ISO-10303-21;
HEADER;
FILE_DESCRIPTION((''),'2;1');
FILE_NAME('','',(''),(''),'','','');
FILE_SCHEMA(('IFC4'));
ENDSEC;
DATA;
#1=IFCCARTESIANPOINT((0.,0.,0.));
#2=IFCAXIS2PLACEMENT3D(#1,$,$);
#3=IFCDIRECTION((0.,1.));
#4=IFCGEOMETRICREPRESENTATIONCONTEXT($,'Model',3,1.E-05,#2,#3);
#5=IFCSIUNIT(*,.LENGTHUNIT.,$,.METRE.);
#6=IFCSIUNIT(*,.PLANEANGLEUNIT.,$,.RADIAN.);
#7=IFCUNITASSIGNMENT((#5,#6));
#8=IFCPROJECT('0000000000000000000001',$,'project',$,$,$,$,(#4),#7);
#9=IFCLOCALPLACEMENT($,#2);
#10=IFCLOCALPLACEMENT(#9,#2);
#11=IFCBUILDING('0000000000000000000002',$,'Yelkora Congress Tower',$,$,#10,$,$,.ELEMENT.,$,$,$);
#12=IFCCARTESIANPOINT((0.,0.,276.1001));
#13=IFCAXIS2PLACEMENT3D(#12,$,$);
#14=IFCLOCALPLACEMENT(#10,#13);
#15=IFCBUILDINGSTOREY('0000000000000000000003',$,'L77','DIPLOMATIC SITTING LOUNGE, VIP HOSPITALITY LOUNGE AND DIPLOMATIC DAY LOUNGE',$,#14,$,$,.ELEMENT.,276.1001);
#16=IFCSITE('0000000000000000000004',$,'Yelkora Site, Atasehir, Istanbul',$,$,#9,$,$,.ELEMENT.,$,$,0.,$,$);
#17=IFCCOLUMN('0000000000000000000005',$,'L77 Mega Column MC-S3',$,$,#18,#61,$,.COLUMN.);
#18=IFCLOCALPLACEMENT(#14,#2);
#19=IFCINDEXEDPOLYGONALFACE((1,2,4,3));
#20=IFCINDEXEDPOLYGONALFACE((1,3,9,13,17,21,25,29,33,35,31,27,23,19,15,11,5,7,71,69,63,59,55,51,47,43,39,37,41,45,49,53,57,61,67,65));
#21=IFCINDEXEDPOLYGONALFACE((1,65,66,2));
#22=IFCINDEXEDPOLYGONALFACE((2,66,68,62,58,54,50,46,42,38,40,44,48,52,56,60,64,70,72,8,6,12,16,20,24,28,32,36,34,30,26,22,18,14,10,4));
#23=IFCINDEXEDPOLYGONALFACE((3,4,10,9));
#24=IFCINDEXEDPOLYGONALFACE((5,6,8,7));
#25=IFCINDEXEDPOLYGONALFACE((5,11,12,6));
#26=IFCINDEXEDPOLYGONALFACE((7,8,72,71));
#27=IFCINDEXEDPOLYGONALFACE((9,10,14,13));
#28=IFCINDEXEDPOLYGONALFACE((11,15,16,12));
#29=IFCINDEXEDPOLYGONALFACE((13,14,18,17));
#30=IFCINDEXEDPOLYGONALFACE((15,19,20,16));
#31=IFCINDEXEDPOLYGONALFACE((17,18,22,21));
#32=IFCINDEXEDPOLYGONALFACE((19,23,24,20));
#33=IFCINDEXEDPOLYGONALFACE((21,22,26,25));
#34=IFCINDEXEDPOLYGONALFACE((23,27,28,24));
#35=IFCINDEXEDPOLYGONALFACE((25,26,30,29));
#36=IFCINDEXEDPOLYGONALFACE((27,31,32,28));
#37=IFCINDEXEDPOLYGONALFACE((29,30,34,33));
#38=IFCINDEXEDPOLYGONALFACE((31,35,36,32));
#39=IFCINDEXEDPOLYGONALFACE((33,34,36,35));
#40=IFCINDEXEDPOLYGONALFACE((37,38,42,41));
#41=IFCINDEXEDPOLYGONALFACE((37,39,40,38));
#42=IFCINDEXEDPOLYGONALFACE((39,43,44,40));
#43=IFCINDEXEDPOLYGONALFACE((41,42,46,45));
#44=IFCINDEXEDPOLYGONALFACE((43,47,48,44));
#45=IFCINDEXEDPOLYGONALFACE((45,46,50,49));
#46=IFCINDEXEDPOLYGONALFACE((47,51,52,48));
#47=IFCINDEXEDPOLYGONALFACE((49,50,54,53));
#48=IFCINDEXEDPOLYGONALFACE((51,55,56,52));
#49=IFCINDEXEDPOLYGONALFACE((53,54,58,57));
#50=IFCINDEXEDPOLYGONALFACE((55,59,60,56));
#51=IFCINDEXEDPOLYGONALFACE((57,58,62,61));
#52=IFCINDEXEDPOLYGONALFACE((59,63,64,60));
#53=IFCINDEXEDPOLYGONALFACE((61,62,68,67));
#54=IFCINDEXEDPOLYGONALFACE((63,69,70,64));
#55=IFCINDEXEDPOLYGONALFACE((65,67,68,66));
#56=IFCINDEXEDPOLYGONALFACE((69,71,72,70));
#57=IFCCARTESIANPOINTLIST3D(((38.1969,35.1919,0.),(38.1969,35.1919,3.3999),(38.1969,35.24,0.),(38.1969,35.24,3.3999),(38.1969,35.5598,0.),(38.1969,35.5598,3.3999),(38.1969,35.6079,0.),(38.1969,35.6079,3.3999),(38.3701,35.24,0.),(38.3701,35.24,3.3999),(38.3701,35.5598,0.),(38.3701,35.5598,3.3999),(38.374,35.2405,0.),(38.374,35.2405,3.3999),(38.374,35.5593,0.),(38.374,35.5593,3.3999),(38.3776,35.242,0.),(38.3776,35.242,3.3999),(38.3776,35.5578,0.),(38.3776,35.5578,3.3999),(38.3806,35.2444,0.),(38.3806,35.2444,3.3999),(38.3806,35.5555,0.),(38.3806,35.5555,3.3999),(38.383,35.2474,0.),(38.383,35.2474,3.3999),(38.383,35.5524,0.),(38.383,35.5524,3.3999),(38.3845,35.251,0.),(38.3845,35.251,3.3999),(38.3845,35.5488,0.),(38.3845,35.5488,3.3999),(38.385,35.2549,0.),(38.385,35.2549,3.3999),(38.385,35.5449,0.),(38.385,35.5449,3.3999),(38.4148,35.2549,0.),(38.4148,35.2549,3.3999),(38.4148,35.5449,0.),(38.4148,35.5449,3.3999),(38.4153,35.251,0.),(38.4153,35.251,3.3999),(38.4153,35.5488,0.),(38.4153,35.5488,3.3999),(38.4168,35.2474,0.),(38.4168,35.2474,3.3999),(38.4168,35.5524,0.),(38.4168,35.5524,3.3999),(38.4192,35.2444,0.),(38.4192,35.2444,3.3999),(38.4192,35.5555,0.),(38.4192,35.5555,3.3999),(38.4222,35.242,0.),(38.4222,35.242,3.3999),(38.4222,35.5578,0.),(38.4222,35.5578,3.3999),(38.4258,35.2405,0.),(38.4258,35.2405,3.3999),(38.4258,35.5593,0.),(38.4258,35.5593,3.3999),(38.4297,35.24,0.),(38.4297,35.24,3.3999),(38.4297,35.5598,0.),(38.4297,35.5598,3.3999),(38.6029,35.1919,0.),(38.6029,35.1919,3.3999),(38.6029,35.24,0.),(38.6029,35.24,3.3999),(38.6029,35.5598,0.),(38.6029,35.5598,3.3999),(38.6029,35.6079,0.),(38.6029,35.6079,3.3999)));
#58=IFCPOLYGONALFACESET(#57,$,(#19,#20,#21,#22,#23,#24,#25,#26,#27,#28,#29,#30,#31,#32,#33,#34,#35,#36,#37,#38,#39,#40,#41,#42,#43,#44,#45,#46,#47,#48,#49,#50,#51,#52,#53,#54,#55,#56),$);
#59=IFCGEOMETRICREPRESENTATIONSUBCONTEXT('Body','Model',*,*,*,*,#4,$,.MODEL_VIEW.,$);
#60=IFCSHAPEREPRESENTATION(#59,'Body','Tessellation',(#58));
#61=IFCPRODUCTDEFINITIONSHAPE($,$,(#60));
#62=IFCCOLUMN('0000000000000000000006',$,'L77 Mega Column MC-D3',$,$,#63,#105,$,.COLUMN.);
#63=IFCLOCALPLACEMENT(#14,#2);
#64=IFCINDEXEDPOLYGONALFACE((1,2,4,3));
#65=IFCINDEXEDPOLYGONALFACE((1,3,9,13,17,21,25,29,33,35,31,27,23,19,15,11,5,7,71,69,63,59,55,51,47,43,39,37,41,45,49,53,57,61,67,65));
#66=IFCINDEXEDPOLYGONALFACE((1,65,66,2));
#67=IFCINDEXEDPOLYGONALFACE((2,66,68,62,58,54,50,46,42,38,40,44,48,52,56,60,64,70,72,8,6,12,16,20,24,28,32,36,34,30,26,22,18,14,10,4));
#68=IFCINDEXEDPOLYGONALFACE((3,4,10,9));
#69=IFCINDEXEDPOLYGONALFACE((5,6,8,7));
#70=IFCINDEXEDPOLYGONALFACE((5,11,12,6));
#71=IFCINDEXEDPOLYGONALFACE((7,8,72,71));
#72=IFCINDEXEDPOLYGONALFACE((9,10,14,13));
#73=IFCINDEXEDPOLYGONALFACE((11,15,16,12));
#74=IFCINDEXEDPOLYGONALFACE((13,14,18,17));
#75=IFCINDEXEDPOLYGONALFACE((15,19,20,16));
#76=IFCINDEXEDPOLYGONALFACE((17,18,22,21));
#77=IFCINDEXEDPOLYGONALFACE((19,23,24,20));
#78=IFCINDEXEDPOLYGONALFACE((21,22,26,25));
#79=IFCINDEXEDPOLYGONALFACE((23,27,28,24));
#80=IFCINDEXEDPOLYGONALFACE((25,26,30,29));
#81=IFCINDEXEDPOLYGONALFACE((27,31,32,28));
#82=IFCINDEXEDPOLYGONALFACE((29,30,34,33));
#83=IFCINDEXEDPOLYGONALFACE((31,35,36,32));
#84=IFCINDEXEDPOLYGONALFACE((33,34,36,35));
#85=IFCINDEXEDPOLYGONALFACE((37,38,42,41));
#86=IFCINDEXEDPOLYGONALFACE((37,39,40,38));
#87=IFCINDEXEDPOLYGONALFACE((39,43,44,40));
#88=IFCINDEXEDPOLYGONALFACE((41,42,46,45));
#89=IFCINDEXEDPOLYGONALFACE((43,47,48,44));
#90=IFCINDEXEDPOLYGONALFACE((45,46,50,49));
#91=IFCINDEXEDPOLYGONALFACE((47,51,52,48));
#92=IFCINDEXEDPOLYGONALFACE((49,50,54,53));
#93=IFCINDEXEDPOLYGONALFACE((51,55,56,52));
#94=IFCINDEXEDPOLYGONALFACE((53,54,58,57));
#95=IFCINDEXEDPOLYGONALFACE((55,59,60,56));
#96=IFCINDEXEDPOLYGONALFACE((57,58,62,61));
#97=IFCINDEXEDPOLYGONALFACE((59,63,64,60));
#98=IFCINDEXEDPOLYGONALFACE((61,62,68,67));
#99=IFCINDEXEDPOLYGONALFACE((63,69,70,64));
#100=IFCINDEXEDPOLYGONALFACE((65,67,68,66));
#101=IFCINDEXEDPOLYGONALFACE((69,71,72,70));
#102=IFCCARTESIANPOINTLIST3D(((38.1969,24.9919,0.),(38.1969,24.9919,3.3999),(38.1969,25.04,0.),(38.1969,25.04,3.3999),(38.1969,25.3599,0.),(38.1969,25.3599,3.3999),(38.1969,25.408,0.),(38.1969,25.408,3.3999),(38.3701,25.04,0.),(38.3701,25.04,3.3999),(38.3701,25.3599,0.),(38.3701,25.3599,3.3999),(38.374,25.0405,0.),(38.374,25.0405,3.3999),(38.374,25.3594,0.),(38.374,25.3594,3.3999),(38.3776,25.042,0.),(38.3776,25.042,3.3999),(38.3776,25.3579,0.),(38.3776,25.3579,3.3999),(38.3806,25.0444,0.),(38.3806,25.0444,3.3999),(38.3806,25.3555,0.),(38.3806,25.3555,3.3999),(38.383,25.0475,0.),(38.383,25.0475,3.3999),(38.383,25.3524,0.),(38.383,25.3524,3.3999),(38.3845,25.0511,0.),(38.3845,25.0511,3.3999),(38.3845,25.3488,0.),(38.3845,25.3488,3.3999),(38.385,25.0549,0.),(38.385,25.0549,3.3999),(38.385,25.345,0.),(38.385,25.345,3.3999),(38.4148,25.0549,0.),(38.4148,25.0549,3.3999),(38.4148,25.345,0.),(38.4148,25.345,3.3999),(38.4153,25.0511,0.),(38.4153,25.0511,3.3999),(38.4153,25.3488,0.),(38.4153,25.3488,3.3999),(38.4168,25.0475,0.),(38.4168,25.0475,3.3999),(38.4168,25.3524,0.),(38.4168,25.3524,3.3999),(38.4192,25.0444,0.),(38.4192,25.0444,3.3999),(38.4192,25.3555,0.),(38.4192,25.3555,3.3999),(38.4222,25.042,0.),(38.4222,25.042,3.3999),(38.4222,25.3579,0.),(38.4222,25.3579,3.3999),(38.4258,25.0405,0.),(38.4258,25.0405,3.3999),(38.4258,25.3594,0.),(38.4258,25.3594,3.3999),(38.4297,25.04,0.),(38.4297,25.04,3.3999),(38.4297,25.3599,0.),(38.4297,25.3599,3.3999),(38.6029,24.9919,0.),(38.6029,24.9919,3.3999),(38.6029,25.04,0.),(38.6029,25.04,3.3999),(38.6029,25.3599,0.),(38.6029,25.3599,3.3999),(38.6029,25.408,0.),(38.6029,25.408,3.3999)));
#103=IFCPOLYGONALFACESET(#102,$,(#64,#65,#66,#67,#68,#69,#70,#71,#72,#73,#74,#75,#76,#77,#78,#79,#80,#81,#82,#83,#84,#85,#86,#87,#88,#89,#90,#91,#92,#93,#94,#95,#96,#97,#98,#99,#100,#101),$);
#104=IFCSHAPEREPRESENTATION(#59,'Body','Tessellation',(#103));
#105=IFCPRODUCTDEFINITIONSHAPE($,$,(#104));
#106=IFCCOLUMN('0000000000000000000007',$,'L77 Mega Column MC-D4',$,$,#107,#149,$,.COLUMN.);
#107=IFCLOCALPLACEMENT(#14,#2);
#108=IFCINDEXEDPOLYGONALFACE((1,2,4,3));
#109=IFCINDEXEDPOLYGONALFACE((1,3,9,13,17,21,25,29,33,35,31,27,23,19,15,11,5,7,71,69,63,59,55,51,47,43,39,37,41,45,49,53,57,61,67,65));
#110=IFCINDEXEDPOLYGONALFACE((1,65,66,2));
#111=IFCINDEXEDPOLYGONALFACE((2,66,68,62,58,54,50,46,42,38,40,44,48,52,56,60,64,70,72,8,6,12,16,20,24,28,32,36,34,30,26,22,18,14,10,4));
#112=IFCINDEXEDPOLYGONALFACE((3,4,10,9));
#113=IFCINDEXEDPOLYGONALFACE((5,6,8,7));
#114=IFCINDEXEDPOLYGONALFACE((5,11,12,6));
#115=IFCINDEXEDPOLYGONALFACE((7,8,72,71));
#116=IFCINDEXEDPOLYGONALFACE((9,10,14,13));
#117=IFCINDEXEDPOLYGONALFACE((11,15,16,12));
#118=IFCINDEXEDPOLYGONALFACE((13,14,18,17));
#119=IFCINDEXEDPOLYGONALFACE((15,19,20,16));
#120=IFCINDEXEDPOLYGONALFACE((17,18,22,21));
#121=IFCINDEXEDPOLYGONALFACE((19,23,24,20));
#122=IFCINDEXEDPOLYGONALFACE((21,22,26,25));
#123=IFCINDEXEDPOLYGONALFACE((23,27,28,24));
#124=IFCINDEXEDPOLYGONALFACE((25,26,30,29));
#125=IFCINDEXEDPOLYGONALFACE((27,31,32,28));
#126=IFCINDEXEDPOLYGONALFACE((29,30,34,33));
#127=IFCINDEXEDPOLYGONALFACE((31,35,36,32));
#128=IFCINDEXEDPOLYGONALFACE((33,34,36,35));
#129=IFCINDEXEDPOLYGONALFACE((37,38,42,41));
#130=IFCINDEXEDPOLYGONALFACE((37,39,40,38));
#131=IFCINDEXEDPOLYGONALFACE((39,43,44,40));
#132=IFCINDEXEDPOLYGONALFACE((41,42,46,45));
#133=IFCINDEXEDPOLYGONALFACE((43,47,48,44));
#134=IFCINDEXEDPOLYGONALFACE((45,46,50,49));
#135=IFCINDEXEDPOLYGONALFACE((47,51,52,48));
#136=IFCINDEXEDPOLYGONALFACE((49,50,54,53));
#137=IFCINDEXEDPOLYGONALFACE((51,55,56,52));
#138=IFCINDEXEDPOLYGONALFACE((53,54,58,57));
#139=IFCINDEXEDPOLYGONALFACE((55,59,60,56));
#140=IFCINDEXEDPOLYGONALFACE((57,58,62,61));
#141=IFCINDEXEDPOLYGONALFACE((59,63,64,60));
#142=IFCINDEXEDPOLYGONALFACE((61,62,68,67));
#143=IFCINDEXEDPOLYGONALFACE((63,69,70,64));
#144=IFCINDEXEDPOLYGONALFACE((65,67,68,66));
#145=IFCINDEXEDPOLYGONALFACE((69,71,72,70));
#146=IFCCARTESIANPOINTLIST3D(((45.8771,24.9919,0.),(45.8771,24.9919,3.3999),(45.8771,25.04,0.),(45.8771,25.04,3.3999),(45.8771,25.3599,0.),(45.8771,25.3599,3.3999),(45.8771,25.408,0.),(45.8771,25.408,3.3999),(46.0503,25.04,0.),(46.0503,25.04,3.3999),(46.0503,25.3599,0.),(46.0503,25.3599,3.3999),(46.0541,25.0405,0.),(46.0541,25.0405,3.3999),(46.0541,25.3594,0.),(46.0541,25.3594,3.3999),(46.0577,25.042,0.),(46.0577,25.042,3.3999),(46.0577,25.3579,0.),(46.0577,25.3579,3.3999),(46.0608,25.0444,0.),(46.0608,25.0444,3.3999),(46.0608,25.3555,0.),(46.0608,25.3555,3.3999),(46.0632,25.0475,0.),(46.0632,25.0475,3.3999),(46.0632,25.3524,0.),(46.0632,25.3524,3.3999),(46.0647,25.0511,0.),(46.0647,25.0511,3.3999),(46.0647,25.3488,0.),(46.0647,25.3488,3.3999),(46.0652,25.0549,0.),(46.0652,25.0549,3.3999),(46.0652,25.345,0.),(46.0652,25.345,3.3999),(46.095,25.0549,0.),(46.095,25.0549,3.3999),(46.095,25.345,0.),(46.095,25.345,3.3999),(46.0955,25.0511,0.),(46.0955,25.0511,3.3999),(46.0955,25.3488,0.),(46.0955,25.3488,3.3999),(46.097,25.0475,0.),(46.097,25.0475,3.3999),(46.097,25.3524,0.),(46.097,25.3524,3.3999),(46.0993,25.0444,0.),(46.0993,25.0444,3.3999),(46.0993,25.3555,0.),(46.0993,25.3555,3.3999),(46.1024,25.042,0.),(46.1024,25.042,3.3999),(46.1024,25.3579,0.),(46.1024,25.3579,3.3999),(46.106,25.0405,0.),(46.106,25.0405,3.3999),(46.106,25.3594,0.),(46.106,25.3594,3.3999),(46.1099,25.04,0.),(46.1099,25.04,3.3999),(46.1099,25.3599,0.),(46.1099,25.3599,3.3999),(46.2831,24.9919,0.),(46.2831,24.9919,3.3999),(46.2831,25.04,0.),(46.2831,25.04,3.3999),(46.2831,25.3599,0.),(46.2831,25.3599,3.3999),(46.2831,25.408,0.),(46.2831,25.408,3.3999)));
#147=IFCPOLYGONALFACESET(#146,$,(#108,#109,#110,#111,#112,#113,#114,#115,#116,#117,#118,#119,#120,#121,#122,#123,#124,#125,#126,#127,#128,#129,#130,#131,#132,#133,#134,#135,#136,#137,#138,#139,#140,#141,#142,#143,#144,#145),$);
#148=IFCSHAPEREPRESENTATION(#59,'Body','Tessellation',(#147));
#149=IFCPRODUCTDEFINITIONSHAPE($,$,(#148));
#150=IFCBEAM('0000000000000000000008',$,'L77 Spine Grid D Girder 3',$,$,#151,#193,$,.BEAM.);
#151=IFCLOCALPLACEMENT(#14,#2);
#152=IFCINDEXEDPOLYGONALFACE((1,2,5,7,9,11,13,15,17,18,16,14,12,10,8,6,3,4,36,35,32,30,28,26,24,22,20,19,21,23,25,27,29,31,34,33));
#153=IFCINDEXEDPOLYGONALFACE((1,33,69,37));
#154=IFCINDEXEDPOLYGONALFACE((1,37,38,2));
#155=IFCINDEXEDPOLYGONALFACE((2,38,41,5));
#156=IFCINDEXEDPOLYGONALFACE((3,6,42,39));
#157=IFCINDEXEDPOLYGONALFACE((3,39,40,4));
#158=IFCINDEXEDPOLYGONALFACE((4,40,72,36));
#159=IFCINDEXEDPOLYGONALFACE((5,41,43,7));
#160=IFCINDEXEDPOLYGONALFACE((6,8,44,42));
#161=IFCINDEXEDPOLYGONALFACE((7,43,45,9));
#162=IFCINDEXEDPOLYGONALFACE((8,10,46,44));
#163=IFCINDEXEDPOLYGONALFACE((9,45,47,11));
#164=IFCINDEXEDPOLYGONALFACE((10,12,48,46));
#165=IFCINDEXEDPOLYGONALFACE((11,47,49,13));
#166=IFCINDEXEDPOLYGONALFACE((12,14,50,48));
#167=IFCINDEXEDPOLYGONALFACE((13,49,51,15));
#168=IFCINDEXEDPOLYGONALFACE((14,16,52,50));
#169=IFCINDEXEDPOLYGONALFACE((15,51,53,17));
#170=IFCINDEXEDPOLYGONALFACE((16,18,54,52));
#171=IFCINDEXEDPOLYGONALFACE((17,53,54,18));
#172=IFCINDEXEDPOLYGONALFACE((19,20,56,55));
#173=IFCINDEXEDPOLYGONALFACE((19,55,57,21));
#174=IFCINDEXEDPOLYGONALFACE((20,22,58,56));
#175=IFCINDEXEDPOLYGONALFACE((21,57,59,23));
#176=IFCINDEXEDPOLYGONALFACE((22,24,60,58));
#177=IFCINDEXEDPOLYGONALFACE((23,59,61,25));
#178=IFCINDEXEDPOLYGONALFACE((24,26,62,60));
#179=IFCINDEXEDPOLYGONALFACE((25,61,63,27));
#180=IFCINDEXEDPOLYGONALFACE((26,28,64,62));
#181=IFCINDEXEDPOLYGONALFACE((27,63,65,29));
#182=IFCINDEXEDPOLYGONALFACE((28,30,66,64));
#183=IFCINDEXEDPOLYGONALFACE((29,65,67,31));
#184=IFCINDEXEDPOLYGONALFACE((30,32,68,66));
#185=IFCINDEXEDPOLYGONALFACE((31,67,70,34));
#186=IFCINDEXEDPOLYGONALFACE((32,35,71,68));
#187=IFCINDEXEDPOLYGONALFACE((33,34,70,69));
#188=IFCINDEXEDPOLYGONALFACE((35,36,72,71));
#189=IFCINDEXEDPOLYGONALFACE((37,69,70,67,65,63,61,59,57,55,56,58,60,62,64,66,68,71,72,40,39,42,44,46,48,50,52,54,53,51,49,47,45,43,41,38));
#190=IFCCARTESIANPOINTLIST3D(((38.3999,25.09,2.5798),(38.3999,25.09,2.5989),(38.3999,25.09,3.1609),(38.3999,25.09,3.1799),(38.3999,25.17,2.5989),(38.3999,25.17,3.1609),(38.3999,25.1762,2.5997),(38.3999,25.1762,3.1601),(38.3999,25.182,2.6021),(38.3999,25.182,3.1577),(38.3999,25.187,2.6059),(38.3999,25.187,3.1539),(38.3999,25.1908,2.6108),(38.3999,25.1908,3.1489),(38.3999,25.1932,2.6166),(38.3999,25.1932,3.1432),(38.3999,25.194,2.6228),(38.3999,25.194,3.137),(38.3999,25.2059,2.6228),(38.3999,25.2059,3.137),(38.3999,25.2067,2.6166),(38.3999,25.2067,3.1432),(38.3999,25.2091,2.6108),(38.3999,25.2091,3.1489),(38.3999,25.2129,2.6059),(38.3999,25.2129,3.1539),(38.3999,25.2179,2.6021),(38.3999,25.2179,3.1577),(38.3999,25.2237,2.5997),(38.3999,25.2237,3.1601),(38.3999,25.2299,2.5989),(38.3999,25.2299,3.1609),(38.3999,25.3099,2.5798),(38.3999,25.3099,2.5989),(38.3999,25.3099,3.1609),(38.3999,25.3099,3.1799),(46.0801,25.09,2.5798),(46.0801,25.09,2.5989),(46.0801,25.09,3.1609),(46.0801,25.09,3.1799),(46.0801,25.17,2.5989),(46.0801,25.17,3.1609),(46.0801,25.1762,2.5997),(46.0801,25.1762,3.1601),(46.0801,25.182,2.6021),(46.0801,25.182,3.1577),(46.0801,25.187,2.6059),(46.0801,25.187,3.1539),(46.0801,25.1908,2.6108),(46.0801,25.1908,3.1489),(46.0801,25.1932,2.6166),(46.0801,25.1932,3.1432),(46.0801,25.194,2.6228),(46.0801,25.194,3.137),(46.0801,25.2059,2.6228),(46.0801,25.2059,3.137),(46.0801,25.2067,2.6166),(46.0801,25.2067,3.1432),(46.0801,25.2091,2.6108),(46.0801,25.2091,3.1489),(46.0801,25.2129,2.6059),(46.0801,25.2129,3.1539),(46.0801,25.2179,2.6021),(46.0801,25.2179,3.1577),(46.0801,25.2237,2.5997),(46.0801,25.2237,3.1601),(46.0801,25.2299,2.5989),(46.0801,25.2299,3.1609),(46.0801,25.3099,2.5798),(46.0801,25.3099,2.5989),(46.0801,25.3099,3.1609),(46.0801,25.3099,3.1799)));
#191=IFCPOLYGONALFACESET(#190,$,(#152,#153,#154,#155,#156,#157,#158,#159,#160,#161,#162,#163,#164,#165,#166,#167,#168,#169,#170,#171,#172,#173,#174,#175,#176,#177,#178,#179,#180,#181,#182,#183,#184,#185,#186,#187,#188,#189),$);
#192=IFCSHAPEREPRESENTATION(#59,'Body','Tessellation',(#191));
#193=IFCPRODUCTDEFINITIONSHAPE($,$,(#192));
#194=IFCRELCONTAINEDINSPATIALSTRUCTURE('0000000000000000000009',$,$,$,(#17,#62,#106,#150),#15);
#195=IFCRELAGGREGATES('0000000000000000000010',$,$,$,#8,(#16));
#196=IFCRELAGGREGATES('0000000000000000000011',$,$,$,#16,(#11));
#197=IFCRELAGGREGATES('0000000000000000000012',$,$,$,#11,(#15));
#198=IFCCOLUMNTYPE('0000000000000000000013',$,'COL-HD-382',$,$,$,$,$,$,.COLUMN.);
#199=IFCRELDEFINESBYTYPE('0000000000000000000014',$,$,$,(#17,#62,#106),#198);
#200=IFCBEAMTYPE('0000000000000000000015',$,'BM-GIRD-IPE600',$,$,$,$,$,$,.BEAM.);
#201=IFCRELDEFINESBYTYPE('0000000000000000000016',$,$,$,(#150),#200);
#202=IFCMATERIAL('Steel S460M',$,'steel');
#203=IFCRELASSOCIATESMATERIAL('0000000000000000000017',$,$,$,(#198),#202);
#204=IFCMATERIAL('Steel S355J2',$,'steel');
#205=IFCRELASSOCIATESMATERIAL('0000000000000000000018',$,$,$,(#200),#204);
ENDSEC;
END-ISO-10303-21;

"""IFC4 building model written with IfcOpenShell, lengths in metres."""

from ifc_helpers import new_model, si_unit, direction, frame, origin, origin_2d, place, context, subcontext, project, spatial, i_section, extrude, material, material_profile, profile_set, type_object, element, save


model = new_model("IFC4")

# Units and contexts
model_context = context("Model", 3, precision=1e-05, world=origin(), true_north=direction((0.0, 1.0)))
body_context = subcontext(model_context, "Body", "Model", "MODEL_VIEW")
ifc_project = project(units=[si_unit("LENGTHUNIT", "METRE"), si_unit("PLANEANGLEUNIT", "RADIAN")], contexts=[model_context])

# Site, building, storey
site_placement = place(None, origin())
site = spatial("IfcSite", under=ifc_project, at=site_placement, Name="Yelkora Site, Atasehir, Istanbul", CompositionType="ELEMENT", RefElevation=0.0)
building_placement = place(site_placement, origin())
building = spatial("IfcBuilding", under=site, at=building_placement, Name="Yelkora Congress Tower", CompositionType="ELEMENT")
storey_placement = place(building_placement, frame((0.0, 0.0, 276.1001)))
storey = spatial("IfcBuildingStorey", under=building, at=storey_placement, Name="L77", Description="DIPLOMATIC SITTING LOUNGE, VIP HOSPITALITY LOUNGE AND DIPLOMATIC DAY LOUNGE", CompositionType="ELEMENT", Elevation=276.1001)

# Columns
ifc_material_1 = material(Name="Steel S460M", Category="steel")
ifc_material_profile_1 = material_profile(ifc_material_1, i_section(OverallWidth=0.406, OverallDepth=0.416, WebThickness=0.0298, FlangeThickness=0.0481, FilletRadius=0.0149, at=origin_2d()), Name="HD 400x382")
ifc_profile_set_1 = profile_set([ifc_material_profile_1], Name="Steel S460M")
column_type = type_object("IfcColumnType", Name="COL-HD-382", PredefinedType="COLUMN", material=ifc_profile_set_1)
for number, where, z_axis, x_axis, name in (
    (1, (38.3999, 35.3999, 0.0), (0.0, 0.0, 1.0), (1.0, 0.0, 0.0), "L77 Mega Column MC-S3"),
    (2, (38.3999, 25.2, 0.0), (0.0, 0.0, 1.0), (1.0, 0.0, 0.0), "L77 Mega Column MC-D3"),
    (3, (46.0801, 25.2, 0.0), (0.0, 0.0, 1.0), (1.0, 0.0, 0.0), "L77 Mega Column MC-D4"),
):
    element("IfcColumn", number, at=place(storey_placement, frame(where, z_axis=z_axis, x_axis=x_axis)), inside=storey, type_object=column_type, Name=name, PredefinedType="COLUMN", context=body_context, shape_type="SweptSolid", body=[
        extrude(i_section(OverallWidth=0.406, OverallDepth=0.416, WebThickness=0.0298, FlangeThickness=0.0481, FilletRadius=0.0149, at=origin_2d()), origin(), (0.0, 0.0, 1.0), 3.3999),
    ])

# Beam
ifc_material_2 = material(Name="Steel S355J2", Category="steel")
ifc_material_profile_2 = material_profile(ifc_material_2, i_section(OverallWidth=0.22, OverallDepth=0.6001, WebThickness=0.012, FlangeThickness=0.019, FilletRadius=0.0239, at=origin_2d()), Name="IPE 600")
ifc_profile_set_2 = profile_set([ifc_material_profile_2], Name="Steel S355J2")
beam_type_1 = type_object("IfcBeamType", Name="BM-GIRD-IPE600", PredefinedType="BEAM", material=ifc_profile_set_2)
beam_1_placement = place(storey_placement, frame((38.3999, 25.2, 2.8799), z_axis=(1.0, 0.0, 0.0), x_axis=(0.0, 1.0, 0.0)))
element("IfcBeam", 4, at=beam_1_placement, inside=storey, type_object=beam_type_1, Name="L77 Spine Grid D Girder 3", PredefinedType="BEAM", context=body_context, shape_type="SweptSolid", body=[
    extrude(i_section(OverallWidth=0.22, OverallDepth=0.6001, WebThickness=0.012, FlangeThickness=0.019, FilletRadius=0.0239, at=origin_2d()), origin(), (0.0, 0.0, 1.0), 7.6802),
])

save(model, "model.ifc")
